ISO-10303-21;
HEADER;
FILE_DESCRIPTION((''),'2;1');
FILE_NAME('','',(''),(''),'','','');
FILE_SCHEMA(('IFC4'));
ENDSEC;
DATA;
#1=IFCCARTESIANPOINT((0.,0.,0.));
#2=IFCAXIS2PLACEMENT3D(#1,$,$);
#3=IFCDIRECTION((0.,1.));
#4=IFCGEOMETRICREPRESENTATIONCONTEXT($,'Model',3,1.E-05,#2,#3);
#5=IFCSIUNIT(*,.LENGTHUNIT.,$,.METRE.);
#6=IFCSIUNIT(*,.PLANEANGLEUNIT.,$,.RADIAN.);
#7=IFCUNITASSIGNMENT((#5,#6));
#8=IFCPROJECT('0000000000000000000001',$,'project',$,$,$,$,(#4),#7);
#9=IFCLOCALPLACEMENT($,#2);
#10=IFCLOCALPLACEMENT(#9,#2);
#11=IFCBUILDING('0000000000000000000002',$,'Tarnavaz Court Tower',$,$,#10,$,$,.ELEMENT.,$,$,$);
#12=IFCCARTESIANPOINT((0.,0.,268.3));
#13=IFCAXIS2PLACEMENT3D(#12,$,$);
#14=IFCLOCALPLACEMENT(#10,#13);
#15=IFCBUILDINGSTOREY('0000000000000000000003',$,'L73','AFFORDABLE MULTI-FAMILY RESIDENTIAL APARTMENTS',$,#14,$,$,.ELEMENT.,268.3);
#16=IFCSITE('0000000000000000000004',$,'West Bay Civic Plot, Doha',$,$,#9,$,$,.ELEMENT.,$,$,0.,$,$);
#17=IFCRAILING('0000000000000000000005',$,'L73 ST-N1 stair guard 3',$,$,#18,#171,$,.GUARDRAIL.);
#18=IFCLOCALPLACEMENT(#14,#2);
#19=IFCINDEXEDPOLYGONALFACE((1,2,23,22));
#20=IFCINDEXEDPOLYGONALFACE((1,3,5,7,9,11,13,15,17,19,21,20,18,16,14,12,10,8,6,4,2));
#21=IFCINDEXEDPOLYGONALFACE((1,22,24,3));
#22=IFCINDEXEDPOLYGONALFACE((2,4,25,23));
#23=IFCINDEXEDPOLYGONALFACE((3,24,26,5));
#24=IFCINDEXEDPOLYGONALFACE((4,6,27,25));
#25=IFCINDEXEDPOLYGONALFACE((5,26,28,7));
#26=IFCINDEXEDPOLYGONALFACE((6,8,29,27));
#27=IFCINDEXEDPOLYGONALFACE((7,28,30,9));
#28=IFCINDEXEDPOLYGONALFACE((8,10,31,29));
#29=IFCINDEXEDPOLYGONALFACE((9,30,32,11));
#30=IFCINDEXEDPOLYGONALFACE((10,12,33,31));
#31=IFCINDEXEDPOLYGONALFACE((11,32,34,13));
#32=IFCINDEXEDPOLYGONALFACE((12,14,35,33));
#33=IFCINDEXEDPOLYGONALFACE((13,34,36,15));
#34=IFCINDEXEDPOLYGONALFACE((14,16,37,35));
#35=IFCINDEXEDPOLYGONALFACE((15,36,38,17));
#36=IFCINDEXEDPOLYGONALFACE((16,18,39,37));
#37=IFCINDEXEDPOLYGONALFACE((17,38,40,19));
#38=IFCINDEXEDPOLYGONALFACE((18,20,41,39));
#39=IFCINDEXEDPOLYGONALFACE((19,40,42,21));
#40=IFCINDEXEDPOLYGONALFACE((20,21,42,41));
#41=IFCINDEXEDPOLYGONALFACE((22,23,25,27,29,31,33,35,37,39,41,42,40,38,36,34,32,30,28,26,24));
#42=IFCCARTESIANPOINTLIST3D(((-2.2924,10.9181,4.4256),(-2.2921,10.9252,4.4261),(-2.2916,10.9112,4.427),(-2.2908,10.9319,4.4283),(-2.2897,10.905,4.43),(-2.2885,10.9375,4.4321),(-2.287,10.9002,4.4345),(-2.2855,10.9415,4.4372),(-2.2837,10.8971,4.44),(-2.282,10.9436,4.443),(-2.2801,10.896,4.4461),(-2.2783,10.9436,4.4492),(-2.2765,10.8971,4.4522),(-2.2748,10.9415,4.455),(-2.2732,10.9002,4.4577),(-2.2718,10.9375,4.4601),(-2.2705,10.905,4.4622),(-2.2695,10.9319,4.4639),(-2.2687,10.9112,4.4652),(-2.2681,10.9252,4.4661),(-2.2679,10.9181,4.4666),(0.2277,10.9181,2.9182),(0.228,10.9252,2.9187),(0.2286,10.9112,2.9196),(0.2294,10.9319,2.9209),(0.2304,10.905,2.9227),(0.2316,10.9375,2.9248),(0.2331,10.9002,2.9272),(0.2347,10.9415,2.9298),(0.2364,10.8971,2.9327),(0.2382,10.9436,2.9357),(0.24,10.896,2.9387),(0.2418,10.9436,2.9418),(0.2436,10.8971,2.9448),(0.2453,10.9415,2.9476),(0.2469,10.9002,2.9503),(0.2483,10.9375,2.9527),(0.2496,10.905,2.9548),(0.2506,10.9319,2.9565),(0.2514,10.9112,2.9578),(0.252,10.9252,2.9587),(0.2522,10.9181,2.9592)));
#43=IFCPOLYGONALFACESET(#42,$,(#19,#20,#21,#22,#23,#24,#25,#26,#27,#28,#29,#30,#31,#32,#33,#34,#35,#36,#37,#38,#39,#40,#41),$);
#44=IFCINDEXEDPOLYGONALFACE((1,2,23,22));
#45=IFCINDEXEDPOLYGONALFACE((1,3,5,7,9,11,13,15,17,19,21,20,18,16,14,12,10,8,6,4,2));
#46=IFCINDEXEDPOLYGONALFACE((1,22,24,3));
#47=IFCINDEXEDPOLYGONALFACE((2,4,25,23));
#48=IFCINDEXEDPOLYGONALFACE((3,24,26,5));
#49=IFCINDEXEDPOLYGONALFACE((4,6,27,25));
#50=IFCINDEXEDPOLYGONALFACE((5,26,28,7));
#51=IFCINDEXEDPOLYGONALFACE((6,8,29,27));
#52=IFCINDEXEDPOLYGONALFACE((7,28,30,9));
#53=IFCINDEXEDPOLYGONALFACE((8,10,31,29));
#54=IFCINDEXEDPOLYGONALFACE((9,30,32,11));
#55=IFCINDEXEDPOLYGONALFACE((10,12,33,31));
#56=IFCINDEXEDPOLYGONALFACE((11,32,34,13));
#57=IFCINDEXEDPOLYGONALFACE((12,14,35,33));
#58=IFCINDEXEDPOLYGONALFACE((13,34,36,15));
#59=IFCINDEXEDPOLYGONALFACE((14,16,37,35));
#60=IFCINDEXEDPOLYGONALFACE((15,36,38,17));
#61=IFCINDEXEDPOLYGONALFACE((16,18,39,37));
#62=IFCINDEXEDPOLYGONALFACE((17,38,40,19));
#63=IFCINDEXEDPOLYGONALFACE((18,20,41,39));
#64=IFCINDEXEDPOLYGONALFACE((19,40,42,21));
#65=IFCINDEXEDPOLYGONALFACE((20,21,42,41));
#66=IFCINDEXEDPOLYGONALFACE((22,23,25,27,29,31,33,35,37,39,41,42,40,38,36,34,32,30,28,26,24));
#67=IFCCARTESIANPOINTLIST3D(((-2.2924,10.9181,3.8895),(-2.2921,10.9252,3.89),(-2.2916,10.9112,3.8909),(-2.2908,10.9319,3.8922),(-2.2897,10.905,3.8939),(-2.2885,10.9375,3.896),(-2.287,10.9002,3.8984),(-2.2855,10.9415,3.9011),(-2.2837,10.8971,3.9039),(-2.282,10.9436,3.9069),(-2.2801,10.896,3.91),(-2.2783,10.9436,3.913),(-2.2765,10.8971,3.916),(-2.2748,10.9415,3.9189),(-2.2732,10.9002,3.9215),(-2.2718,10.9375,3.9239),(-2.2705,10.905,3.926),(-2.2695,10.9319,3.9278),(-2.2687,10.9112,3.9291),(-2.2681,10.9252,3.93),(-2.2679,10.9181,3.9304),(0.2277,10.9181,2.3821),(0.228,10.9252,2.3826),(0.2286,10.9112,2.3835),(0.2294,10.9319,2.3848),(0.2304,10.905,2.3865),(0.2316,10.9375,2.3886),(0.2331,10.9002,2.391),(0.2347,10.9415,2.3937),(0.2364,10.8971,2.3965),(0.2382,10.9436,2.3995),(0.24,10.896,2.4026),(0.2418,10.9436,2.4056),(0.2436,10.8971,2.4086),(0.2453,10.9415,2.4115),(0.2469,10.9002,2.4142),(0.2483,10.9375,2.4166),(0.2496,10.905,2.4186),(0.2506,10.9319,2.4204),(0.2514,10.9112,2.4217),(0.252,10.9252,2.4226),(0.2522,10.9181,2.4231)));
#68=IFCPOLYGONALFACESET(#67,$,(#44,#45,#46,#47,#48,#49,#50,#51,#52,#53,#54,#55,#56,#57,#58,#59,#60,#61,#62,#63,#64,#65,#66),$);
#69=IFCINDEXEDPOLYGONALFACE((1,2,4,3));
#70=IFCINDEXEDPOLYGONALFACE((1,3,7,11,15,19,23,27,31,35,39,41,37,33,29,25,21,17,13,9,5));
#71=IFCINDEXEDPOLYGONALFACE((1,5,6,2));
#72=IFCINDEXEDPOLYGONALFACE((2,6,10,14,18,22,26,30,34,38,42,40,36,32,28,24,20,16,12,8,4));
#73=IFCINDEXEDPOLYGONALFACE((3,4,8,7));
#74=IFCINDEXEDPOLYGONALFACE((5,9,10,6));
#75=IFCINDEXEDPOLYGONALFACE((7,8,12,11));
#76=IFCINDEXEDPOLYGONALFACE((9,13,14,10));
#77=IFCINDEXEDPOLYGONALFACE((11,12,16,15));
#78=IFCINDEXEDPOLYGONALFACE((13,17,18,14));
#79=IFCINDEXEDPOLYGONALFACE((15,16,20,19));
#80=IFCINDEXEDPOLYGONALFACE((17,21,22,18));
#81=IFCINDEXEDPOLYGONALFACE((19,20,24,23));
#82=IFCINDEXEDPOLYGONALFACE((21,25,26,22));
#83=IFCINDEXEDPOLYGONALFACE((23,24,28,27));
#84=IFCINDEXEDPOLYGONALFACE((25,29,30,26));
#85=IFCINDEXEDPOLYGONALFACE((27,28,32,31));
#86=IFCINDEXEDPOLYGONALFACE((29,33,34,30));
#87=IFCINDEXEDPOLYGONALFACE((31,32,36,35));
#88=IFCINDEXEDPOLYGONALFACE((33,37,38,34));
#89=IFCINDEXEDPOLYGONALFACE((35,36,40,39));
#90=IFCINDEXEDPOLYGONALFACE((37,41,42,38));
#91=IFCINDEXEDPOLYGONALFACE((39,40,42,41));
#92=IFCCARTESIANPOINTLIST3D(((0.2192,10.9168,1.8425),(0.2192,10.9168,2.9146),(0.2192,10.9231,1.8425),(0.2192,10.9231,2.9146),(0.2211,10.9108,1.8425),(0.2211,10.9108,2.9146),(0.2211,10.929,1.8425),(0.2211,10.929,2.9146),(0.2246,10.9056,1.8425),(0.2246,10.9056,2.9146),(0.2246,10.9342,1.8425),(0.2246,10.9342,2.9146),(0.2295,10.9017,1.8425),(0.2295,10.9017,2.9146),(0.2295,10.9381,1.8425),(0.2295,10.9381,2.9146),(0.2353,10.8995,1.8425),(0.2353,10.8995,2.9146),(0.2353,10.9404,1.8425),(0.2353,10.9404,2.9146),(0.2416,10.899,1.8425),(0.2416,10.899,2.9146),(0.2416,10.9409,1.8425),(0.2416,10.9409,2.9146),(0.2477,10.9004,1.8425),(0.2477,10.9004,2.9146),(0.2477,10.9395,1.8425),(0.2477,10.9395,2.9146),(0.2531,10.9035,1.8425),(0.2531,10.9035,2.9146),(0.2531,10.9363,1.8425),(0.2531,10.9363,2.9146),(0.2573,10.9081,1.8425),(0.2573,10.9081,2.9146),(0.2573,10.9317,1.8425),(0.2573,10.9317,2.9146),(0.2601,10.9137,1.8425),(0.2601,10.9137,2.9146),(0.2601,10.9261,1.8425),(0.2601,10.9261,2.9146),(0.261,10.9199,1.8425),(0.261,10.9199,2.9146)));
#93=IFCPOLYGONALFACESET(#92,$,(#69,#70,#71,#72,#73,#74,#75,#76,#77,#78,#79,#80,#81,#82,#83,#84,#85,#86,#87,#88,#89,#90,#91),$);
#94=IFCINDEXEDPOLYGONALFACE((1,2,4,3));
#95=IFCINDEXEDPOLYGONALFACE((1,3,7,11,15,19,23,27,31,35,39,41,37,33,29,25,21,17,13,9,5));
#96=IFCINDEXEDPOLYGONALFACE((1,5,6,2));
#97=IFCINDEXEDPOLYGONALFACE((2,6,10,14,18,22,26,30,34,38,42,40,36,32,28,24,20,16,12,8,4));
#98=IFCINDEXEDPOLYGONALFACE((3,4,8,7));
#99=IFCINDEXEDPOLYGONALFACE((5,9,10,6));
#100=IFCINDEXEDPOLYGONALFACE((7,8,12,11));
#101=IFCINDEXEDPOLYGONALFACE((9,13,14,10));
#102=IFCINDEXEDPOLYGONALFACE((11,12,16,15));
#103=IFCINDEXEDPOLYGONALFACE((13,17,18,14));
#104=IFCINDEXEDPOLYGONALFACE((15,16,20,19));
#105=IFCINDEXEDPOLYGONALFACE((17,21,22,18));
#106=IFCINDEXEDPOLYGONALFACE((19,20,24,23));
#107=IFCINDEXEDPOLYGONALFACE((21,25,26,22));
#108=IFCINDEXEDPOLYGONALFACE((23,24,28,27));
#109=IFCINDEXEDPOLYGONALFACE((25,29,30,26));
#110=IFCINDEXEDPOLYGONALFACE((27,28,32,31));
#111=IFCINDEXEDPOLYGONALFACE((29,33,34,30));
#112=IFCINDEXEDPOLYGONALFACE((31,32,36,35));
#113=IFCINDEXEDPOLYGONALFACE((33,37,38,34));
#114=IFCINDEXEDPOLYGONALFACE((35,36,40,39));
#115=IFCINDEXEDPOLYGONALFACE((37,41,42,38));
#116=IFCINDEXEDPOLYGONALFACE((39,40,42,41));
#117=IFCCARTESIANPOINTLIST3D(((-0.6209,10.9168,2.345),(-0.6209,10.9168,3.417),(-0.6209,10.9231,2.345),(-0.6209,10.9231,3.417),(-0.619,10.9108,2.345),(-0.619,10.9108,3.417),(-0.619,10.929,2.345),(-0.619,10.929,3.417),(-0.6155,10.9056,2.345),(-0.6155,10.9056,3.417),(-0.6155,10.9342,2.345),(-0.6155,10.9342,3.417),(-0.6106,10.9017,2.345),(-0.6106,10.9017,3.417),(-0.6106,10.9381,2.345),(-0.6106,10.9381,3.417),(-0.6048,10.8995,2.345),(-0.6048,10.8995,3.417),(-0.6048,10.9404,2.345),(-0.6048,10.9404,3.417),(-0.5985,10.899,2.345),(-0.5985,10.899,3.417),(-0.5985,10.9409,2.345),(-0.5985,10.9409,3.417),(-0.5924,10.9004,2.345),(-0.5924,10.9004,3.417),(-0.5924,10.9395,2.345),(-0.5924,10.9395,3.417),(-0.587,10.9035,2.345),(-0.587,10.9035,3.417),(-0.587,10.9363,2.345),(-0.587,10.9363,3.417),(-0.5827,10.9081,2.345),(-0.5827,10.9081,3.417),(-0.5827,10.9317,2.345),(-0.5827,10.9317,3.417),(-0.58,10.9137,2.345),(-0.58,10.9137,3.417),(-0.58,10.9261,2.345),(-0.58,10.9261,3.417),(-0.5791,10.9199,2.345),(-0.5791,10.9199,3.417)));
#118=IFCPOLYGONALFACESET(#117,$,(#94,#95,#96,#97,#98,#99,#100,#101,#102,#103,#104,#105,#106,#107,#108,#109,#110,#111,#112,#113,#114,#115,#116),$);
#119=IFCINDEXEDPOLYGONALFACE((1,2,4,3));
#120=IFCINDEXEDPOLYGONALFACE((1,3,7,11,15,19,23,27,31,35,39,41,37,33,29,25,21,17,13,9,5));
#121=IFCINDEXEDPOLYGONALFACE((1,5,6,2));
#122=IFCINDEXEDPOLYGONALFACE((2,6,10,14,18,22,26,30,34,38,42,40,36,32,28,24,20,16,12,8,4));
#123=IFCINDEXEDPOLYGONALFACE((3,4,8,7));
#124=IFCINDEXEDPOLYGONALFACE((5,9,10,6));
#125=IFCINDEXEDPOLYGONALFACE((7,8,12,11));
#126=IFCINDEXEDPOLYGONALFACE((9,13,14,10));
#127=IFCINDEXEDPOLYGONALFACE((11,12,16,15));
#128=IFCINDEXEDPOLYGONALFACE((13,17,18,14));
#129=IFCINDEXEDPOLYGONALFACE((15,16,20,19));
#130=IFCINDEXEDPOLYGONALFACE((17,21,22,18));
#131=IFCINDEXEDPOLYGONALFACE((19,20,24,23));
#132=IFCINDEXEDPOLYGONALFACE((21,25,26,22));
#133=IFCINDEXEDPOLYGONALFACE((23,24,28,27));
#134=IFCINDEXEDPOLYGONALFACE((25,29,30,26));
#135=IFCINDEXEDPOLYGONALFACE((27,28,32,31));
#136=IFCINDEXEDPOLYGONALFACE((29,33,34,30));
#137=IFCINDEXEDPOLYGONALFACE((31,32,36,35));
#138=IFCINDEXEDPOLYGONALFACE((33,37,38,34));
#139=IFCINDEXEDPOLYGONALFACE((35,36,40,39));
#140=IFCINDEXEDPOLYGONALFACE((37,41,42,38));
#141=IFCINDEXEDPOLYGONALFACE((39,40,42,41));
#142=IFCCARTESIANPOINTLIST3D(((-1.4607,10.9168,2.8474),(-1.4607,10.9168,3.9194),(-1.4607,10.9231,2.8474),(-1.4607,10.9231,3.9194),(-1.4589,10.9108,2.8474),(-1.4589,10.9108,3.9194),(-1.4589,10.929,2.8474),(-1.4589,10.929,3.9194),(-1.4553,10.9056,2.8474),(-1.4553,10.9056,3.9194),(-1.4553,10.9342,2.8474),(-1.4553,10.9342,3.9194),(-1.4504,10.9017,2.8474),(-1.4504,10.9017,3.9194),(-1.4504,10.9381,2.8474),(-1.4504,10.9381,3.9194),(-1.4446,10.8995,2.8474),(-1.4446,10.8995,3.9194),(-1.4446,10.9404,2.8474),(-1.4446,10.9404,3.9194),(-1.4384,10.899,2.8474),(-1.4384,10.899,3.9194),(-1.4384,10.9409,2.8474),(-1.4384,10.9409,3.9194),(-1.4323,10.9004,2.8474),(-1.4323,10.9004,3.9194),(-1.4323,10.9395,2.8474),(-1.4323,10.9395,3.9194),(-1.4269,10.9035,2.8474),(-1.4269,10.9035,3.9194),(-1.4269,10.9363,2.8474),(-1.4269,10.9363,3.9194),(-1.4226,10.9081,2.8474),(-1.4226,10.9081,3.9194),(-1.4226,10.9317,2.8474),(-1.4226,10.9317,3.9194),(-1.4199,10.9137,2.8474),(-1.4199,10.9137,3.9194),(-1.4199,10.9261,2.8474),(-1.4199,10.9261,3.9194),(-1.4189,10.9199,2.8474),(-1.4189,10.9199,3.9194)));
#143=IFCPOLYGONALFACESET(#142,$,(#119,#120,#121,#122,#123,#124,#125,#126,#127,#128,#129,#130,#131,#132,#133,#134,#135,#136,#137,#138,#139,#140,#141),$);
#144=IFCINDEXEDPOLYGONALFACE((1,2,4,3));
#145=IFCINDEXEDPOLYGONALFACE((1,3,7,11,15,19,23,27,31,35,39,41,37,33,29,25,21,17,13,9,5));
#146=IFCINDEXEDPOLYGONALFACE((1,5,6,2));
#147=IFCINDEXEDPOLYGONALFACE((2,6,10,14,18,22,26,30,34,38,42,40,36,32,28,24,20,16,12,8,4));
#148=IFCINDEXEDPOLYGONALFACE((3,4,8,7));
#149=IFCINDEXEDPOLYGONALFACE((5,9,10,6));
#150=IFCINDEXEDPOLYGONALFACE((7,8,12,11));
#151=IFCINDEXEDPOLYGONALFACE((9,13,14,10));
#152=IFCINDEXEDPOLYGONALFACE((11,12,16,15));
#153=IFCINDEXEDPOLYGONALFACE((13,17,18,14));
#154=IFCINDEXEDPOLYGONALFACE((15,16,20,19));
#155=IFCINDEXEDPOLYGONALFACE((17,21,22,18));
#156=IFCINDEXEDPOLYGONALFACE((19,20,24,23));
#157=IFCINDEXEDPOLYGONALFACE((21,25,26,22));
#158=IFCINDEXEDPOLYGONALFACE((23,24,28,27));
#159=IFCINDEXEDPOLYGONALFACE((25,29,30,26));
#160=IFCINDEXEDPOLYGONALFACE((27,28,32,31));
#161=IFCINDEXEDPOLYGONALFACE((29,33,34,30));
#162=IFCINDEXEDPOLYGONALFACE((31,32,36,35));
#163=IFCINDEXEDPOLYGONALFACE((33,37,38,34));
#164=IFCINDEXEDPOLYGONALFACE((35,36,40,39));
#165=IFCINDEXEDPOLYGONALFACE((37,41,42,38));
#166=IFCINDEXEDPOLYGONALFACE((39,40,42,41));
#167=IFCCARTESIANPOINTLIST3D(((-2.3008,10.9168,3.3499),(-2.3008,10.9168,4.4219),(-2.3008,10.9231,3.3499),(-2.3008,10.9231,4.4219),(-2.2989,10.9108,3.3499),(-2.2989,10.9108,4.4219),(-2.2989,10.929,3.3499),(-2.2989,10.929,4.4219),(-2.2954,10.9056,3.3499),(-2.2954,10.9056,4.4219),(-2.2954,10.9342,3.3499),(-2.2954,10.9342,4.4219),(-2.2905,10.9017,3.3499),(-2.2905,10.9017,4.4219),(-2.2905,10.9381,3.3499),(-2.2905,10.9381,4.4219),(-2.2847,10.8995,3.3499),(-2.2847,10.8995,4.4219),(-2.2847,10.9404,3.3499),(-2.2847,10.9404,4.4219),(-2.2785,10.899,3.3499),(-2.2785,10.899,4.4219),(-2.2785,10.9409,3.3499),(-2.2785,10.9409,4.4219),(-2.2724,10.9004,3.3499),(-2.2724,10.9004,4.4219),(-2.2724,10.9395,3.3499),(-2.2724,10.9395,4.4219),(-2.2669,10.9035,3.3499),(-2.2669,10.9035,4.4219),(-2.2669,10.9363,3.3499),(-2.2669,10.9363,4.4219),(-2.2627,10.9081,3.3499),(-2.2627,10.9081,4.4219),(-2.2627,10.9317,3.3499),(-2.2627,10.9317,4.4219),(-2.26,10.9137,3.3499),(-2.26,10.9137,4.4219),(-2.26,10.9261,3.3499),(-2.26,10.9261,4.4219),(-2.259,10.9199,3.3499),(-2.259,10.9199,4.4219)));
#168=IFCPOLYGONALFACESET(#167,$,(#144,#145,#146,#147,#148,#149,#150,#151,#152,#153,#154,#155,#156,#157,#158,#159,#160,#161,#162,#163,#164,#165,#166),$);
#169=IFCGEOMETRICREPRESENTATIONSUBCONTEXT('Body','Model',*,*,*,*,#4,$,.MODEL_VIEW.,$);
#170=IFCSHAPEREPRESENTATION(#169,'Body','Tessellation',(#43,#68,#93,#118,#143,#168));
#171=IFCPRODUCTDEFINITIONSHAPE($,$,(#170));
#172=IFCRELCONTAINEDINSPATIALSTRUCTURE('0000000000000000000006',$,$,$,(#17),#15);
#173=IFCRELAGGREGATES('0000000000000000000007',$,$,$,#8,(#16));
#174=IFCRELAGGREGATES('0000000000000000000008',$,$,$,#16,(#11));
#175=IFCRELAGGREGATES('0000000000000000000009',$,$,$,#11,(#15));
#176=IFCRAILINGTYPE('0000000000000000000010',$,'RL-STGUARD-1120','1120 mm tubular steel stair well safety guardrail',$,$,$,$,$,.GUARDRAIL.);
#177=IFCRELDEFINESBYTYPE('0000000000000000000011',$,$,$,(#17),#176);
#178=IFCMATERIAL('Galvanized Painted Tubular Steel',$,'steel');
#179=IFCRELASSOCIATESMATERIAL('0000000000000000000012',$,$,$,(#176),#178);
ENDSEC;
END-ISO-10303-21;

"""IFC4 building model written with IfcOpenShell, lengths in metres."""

from ifc_helpers import new_model, si_unit, direction, frame, origin, origin_2d, place, context, subcontext, project, spatial, circle, extrude, material, type_object, element, save


model = new_model("IFC4")

# Units and contexts
model_context = context("Model", 3, precision=1e-05, world=origin(), true_north=direction((0.0, 1.0)))
body_context = subcontext(model_context, "Body", "Model", "MODEL_VIEW")
ifc_project = project(units=[si_unit("LENGTHUNIT", "METRE"), si_unit("PLANEANGLEUNIT", "RADIAN")], contexts=[model_context])

# Site, building, storey
site_placement = place(None, origin())
site = spatial("IfcSite", under=ifc_project, at=site_placement, Name="West Bay Civic Plot, Doha", CompositionType="ELEMENT", RefElevation=0.0)
building_placement = place(site_placement, origin())
building = spatial("IfcBuilding", under=site, at=building_placement, Name="Tarnavaz Court Tower", CompositionType="ELEMENT")
storey_placement = place(building_placement, frame((0.0, 0.0, 268.3)))
storey = spatial("IfcBuildingStorey", under=building, at=storey_placement, Name="L73", Description="AFFORDABLE MULTI-FAMILY RESIDENTIAL APARTMENTS", CompositionType="ELEMENT", Elevation=268.3)

# Railing
ifc_material_1 = material(Name="Galvanized Painted Tubular Steel", Category="steel")
railing_type_1 = type_object("IfcRailingType", Name="RL-STGUARD-1120", Description="1120 mm tubular steel stair well safety guardrail", PredefinedType="GUARDRAIL", material=ifc_material_1)
railing_1_placement = place(storey_placement, frame((0.24, 10.9199, 1.8425)))
element("IfcRailing", 1, at=railing_1_placement, inside=storey, type_object=railing_type_1, Name="L73 ST-N1 stair guard 3", PredefinedType="GUARDRAIL", context=body_context, shape_type="SweptSolid", body=[
    extrude(circle(Radius=0.0239, at=origin_2d()), frame((0.0, 0.0, 1.0962), z_axis=(-0.858196, 0.0, 0.513321), x_axis=(0.0, -1.0, 0.0)), (0.0, 0.0, 1.0), 2.9365),
    extrude(circle(Radius=0.0239, at=origin_2d()), frame((0.0, 0.0, 0.5601), z_axis=(-0.858196, 0.0, 0.513321), x_axis=(0.0, -1.0, 0.0)), (0.0, 0.0, 1.0), 2.9365),
    extrude(circle(Radius=0.021, at=origin_2d()), origin(), (0.0, 0.0, 1.0), 1.072),
    extrude(circle(Radius=0.021, at=origin_2d()), frame((-0.8401, 0.0, 0.5024)), (0.0, 0.0, 1.0), 1.072),
    extrude(circle(Radius=0.021, at=origin_2d()), frame((-1.6799, 0.0, 1.0049)), (0.0, 0.0, 1.0), 1.072),
    extrude(circle(Radius=0.021, at=origin_2d()), frame((-2.52, 0.0, 1.5073)), (0.0, 0.0, 1.0), 1.072),
])

save(model, "model.ifc")
